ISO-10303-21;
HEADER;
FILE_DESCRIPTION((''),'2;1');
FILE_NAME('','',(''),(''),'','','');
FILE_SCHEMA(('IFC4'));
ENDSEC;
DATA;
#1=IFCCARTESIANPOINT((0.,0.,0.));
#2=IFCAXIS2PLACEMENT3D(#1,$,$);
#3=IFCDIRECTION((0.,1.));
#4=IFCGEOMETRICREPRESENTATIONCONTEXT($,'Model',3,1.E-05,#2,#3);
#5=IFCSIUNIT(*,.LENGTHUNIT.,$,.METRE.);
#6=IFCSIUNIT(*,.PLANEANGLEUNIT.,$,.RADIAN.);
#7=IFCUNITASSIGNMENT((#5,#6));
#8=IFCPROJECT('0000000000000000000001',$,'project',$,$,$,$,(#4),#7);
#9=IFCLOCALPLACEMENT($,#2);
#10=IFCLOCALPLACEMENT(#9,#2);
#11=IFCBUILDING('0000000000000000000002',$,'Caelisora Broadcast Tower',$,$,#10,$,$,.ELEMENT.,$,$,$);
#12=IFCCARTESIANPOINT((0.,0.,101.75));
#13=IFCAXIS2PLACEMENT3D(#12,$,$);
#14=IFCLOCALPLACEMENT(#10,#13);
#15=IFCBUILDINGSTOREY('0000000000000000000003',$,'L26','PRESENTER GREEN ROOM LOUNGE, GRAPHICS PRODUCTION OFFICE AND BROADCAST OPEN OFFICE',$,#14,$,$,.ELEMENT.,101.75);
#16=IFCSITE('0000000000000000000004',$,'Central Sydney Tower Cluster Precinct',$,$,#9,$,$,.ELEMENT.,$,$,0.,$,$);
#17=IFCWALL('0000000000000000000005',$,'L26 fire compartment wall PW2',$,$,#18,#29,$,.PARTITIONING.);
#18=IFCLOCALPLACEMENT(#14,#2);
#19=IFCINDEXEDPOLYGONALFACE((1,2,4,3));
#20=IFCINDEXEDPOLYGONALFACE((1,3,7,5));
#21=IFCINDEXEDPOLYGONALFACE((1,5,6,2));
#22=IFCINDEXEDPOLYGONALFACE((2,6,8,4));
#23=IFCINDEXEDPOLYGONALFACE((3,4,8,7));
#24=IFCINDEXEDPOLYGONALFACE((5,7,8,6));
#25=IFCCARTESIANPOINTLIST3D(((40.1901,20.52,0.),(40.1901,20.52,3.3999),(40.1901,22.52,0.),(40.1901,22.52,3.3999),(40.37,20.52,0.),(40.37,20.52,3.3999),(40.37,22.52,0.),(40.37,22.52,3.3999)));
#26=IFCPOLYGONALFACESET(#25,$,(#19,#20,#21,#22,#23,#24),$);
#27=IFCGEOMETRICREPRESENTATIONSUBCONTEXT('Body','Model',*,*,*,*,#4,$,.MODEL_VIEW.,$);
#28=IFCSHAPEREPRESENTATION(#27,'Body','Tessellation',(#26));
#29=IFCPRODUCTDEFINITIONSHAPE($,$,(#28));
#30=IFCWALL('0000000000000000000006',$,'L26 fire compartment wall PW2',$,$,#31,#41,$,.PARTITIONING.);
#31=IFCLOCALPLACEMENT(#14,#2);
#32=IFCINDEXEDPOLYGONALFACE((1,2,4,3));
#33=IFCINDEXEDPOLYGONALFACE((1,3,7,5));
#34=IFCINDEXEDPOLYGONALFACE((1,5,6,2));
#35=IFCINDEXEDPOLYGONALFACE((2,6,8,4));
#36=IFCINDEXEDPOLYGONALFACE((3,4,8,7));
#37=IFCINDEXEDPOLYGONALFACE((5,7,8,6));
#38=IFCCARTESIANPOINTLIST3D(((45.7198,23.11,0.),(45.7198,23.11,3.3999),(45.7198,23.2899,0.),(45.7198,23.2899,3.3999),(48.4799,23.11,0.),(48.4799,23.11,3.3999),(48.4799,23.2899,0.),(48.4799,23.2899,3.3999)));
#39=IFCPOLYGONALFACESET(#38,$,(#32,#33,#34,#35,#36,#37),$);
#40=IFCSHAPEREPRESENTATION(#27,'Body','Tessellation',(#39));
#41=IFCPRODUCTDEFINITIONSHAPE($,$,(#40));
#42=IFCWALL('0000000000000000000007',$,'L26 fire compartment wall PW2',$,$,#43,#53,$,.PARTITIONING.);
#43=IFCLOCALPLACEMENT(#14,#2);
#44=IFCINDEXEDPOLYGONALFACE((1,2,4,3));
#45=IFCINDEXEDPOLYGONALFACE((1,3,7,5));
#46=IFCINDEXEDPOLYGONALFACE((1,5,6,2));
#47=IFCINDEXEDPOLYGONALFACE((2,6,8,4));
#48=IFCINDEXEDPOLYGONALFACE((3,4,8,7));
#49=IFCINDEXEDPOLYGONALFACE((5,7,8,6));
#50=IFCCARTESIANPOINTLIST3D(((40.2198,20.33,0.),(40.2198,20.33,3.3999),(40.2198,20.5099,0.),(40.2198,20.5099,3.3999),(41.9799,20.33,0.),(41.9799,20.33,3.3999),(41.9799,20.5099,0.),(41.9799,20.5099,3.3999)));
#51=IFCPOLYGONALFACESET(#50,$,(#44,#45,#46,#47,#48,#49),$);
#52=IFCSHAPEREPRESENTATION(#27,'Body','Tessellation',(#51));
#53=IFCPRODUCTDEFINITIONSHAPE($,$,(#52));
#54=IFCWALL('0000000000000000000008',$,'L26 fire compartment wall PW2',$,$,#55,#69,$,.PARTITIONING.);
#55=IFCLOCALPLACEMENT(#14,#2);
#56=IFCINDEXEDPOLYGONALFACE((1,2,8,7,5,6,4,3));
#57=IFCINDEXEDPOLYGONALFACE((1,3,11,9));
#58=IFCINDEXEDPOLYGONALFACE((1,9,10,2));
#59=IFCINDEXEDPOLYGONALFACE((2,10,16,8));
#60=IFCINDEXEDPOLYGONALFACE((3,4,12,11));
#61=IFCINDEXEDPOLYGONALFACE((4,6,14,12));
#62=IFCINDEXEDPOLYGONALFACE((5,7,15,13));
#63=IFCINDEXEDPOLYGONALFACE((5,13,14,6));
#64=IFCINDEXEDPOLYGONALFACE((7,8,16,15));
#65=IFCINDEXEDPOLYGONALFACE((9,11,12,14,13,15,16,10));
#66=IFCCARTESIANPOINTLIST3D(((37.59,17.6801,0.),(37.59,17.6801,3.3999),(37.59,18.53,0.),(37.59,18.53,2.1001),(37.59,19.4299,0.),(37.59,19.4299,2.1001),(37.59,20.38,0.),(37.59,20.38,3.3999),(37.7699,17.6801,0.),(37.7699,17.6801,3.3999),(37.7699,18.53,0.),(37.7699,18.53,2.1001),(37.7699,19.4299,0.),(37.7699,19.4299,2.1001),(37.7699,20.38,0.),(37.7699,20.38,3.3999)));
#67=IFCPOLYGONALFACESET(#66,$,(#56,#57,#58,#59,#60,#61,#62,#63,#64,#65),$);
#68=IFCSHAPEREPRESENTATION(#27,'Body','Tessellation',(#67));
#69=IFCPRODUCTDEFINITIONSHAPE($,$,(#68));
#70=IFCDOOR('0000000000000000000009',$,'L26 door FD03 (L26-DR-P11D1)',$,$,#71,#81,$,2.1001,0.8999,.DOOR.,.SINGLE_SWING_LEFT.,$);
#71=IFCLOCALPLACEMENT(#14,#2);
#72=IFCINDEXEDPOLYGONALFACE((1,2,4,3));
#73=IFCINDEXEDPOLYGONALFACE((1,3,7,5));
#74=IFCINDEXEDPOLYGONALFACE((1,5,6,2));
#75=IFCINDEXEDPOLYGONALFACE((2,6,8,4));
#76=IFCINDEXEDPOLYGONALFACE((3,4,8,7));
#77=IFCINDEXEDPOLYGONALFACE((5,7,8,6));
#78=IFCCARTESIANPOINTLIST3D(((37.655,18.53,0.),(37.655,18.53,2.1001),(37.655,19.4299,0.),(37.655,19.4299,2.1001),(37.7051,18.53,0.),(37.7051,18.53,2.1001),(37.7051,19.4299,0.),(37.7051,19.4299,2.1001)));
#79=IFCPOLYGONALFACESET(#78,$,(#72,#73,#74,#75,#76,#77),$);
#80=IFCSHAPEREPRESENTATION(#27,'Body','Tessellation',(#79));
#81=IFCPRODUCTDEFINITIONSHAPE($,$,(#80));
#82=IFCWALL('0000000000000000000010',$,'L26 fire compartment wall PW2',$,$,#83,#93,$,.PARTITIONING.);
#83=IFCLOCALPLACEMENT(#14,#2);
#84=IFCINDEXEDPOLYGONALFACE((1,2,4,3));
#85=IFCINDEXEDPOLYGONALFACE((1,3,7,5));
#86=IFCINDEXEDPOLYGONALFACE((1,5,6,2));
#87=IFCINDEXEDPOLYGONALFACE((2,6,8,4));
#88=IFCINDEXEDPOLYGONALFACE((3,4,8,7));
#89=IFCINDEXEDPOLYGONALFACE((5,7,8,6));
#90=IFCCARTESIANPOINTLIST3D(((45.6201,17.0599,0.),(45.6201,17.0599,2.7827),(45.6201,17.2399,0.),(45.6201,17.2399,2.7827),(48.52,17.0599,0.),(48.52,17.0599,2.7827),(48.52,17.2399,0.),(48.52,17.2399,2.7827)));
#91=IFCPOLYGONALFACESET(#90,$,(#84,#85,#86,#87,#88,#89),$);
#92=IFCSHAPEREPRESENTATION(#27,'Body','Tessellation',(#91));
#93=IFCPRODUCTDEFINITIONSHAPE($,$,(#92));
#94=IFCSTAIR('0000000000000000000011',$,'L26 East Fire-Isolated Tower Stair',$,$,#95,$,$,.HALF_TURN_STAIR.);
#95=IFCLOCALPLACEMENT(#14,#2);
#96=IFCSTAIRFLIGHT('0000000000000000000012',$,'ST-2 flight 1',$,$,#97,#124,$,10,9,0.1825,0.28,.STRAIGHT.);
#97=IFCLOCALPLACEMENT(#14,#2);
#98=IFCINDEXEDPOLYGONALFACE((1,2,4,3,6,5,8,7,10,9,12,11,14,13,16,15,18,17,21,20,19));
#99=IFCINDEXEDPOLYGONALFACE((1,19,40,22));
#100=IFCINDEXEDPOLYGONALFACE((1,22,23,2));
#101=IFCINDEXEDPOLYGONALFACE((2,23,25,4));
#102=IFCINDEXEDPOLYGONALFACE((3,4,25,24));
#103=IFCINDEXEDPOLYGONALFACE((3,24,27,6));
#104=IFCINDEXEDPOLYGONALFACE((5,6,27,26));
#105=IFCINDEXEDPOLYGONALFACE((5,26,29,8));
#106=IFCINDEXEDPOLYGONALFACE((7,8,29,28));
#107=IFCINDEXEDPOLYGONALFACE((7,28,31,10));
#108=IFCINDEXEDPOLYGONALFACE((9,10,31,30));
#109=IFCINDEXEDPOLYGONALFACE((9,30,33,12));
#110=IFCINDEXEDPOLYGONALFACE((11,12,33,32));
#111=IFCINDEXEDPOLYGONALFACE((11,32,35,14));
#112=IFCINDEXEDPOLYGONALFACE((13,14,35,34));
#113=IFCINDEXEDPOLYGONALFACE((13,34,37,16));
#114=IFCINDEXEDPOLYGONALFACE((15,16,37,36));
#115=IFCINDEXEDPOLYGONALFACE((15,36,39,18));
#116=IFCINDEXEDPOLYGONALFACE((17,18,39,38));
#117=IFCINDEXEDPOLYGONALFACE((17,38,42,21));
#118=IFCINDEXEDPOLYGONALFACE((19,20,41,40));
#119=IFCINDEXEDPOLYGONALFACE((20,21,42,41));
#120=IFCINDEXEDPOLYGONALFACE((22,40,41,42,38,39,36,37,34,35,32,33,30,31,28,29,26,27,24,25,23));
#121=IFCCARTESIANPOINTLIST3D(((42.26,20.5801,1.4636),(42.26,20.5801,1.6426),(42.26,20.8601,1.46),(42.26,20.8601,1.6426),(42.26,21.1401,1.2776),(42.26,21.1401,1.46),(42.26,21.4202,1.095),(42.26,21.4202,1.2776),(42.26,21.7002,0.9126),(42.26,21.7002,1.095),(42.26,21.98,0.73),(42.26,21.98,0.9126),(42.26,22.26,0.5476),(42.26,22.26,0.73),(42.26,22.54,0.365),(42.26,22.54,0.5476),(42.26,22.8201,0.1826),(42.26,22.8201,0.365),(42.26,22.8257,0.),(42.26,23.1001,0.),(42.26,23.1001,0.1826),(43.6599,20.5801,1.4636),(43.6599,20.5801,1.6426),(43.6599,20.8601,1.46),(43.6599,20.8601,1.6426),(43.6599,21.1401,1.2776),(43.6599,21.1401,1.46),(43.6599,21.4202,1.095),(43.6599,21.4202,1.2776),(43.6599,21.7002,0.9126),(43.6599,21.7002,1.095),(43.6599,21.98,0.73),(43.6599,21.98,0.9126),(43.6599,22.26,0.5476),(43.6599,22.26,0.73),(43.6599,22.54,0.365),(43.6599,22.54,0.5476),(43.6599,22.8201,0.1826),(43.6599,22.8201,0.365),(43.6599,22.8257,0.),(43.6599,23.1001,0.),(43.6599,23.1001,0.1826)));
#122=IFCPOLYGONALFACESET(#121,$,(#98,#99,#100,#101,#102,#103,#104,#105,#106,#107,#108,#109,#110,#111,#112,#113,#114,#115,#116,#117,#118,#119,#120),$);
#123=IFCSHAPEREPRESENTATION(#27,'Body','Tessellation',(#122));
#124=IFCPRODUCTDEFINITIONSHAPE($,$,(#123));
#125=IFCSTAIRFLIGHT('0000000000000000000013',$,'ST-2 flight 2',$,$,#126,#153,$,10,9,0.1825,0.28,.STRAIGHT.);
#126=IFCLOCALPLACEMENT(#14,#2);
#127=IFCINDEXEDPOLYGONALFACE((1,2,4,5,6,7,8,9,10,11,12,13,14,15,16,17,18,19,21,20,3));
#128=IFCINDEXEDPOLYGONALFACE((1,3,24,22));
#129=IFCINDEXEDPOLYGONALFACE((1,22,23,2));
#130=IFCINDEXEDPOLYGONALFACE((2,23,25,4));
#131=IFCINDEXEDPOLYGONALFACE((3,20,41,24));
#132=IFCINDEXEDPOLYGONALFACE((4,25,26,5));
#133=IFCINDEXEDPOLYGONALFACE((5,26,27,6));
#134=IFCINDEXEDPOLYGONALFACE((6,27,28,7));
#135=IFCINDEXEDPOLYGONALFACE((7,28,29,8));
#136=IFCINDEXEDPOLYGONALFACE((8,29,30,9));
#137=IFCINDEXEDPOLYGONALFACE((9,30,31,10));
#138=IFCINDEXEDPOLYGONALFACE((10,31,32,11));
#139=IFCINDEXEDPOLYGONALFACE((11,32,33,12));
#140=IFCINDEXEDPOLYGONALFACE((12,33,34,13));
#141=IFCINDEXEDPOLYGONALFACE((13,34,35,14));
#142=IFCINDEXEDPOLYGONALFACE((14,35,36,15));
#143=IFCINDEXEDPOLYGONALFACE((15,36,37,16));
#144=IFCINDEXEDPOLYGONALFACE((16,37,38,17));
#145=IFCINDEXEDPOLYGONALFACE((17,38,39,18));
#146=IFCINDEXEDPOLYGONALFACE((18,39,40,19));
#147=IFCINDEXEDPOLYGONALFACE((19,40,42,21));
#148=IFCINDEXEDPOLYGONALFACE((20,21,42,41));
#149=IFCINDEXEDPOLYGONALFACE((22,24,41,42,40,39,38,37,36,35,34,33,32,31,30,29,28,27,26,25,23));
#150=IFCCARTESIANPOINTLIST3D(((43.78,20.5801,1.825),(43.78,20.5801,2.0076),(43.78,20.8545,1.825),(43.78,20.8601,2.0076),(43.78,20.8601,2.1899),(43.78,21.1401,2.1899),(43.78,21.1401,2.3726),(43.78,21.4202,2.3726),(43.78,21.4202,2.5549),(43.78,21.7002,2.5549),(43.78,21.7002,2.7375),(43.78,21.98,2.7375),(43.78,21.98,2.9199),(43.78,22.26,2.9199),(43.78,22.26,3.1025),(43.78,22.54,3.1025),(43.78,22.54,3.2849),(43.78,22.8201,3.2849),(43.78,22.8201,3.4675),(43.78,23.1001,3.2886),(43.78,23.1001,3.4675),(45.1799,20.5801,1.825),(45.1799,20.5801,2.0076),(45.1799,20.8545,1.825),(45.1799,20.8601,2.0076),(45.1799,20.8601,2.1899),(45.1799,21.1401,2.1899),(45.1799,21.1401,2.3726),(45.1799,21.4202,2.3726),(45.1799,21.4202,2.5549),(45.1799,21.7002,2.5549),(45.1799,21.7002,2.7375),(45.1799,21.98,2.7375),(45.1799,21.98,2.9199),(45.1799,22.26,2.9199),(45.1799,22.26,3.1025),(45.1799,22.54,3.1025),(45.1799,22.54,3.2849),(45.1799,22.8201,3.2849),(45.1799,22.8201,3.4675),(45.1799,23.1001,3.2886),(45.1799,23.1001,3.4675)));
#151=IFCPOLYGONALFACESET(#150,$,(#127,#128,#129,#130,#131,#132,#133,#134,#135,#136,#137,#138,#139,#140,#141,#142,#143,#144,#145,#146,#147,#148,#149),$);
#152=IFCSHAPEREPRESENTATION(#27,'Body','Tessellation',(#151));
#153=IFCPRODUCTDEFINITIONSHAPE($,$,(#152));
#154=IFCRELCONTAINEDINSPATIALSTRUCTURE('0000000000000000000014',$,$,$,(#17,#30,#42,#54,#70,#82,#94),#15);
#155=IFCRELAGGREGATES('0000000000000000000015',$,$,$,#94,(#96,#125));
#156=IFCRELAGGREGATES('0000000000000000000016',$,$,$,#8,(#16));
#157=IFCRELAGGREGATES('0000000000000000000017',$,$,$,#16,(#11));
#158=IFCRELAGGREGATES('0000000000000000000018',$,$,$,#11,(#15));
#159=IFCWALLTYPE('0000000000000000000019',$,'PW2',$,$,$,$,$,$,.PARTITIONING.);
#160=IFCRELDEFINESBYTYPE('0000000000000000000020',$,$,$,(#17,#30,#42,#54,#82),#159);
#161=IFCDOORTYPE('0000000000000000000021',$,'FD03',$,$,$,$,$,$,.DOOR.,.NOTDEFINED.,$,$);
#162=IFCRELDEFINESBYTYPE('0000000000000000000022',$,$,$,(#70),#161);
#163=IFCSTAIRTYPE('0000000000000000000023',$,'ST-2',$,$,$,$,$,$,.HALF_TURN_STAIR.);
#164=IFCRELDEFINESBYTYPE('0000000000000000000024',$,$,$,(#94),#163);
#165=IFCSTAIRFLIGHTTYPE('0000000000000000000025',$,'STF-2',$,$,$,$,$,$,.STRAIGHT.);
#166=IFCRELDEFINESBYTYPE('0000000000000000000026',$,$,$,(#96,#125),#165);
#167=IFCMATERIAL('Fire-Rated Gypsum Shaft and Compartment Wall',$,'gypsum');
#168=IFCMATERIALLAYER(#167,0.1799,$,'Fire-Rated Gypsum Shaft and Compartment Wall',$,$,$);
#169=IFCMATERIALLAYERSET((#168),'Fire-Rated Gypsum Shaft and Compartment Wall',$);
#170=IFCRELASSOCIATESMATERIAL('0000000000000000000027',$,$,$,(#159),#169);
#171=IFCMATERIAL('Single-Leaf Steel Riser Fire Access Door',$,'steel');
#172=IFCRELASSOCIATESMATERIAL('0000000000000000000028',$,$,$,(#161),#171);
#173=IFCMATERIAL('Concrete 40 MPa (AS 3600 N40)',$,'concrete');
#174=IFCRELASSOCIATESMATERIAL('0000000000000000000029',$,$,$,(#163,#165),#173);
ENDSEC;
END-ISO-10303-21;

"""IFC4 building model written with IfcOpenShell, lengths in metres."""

from ifc_helpers import new_model, si_unit, direction, frame, frame_2d, origin, place, context, subcontext, project, spatial, polyline, rectangle, outline, extrude, material, layer, layer_set, type_object, element, fill, aggregate, save


model = new_model("IFC4")

# Units and contexts
model_context = context("Model", 3, precision=1e-05, world=origin(), true_north=direction((0.0, 1.0)))
body_context = subcontext(model_context, "Body", "Model", "MODEL_VIEW")
ifc_project = project(units=[si_unit("LENGTHUNIT", "METRE"), si_unit("PLANEANGLEUNIT", "RADIAN")], contexts=[model_context])

# Site, building, storey
site_placement = place(None, origin())
site = spatial("IfcSite", under=ifc_project, at=site_placement, Name="Central Sydney Tower Cluster Precinct", CompositionType="ELEMENT", RefElevation=0.0)
building_placement = place(site_placement, origin())
building = spatial("IfcBuilding", under=site, at=building_placement, Name="Caelisora Broadcast Tower", CompositionType="ELEMENT")
storey_placement = place(building_placement, frame((0.0, 0.0, 101.75)))
storey = spatial("IfcBuildingStorey", under=building, at=storey_placement, Name="L26", Description="PRESENTER GREEN ROOM LOUNGE, GRAPHICS PRODUCTION OFFICE AND BROADCAST OPEN OFFICE", CompositionType="ELEMENT", Elevation=101.75)

# Shared definitions
ifc_material_1 = material(Name="Fire-Rated Gypsum Shaft and Compartment Wall", Category="gypsum")
ifc_layer_1 = layer(ifc_material_1, 0.1799, Name="Fire-Rated Gypsum Shaft and Compartment Wall")
ifc_layer_set_1 = layer_set([ifc_layer_1], Name="Fire-Rated Gypsum Shaft and Compartment Wall")
wall_type_1 = type_object("IfcWallType", Name="PW2", PredefinedType="PARTITIONING", material=ifc_layer_set_1)

# Walls
wall_1_placement = place(storey_placement, frame((40.28, 20.52, 0.0), z_axis=(0.0, 0.0, 1.0), x_axis=(0.0, 1.0, 0.0)))
element("IfcWall", 1, at=wall_1_placement, inside=storey, type_object=wall_type_1, Name="L26 fire compartment wall PW2", PredefinedType="PARTITIONING", context=body_context, shape_type="SweptSolid", body=[
    extrude(rectangle(XDim=2.0, YDim=0.1799, at=frame_2d((1.0, 0.0))), origin(), (0.0, 0.0, 1.0), 3.3999),
])
wall_2_placement = place(storey_placement, frame((45.72, 23.2, 0.0), z_axis=(0.0, 0.0, 1.0), x_axis=(1.0, 0.0, 0.0)))
element("IfcWall", 2, at=wall_2_placement, inside=storey, type_object=wall_type_1, Name="L26 fire compartment wall PW2", PredefinedType="PARTITIONING", context=body_context, shape_type="SweptSolid", body=[
    extrude(rectangle(XDim=2.76, YDim=0.1799, at=frame_2d((1.3799, 0.0))), origin(), (0.0, 0.0, 1.0), 3.3999),
])
wall_3_placement = place(storey_placement, frame((40.22, 20.4199, 0.0), z_axis=(0.0, 0.0, 1.0), x_axis=(1.0, 0.0, 0.0)))
element("IfcWall", 3, at=wall_3_placement, inside=storey, type_object=wall_type_1, Name="L26 fire compartment wall PW2", PredefinedType="PARTITIONING", context=body_context, shape_type="SweptSolid", body=[
    extrude(rectangle(XDim=1.76, YDim=0.1799, at=frame_2d((0.8799, 0.0))), origin(), (0.0, 0.0, 1.0), 3.3999),
])

# Wall, opening, door
wall_4_placement = place(storey_placement, frame((37.6799, 17.6799, 0.0), z_axis=(0.0, 0.0, 1.0), x_axis=(0.0, 1.0, 0.0)))
wall_4 = element("IfcWall", 4, at=wall_4_placement, inside=storey, type_object=wall_type_1, Name="L26 fire compartment wall PW2", PredefinedType="PARTITIONING", context=body_context, shape_type="SweptSolid", body=[
    extrude(rectangle(XDim=2.7, YDim=0.1799, at=frame_2d((1.3501, 0.0))), origin(), (0.0, 0.0, 1.0), 3.3999),
])
opening_1_placement = place(wall_4_placement, frame((0.8501, 0.0, 0.0)))
opening_1 = element("IfcOpeningElement", 5, at=opening_1_placement, cuts=wall_4, PredefinedType="OPENING", context=body_context, shape_type="SweptSolid", body=[
    extrude(rectangle(XDim=0.8999, YDim=2.1001, at=frame_2d((0.45, 1.05))), frame((0.0, 0.1021, 0.0), z_axis=(0.0, -1.0, 0.0), x_axis=(1.0, 0.0, 0.0)), (0.0, 0.0, 1.0), 0.2039),
])
ifc_material_2 = material(Name="Single-Leaf Steel Riser Fire Access Door", Category="steel")
door_type_1 = type_object("IfcDoorType", Name="FD03", OperationType="NOTDEFINED", PredefinedType="DOOR", material=ifc_material_2)
door_1_placement = place(opening_1_placement, origin())
door_1 = element("IfcDoor", 6, at=door_1_placement, inside=storey, type_object=door_type_1, Name="L26 door FD03 (L26-DR-P11D1)", OperationType="SINGLE_SWING_LEFT", OverallHeight=2.1001, OverallWidth=0.8999, PredefinedType="DOOR", context=body_context, shape_type="SweptSolid", body=[
    extrude(rectangle(XDim=0.8999, YDim=2.1001, at=frame_2d((0.45, 1.05))), frame((0.0, 0.0249, 0.0), z_axis=(0.0, -1.0, 0.0), x_axis=(1.0, 0.0, 0.0)), (0.0, 0.0, 1.0), 0.05),
])
fill(opening_1, door_1)

# Wall
wall_5_placement = place(storey_placement, frame((45.6201, 17.1499, 0.0), z_axis=(0.0, 0.0, 1.0), x_axis=(1.0, 0.0, 0.0)))
element("IfcWall", 7, at=wall_5_placement, inside=storey, type_object=wall_type_1, Name="L26 fire compartment wall PW2", PredefinedType="PARTITIONING", context=body_context, shape_type="SweptSolid", body=[
    extrude(rectangle(XDim=2.8999, YDim=0.1799, at=frame_2d((1.45, 0.0))), origin(), (0.0, 0.0, 1.0), 2.7827),
])

# Stair, stair flights
ifc_material_3 = material(Name="Concrete 40 MPa (AS 3600 N40)", Category="concrete")
stair_type = type_object("IfcStairType", Name="ST-2", PredefinedType="HALF_TURN_STAIR", material=ifc_material_3)
stair_placement = place(storey_placement, origin())
stair = element("IfcStair", 8, at=stair_placement, inside=storey, type_object=stair_type, Name="L26 East Fire-Isolated Tower Stair", PredefinedType="HALF_TURN_STAIR")
stair_flight_type = type_object("IfcStairFlightType", Name="STF-2", PredefinedType="STRAIGHT", material=ifc_material_3)
stair_flight_1_placement = place(storey_placement, frame((42.96, 23.1001, 0.0), z_axis=(0.0, 0.0, 1.0), x_axis=(0.0, -1.0, 0.0)))
stair_flight_1 = element("IfcStairFlight", 9, at=stair_flight_1_placement, type_object=stair_flight_type, Name="ST-2 flight 1", NumberOfRisers=10, NumberOfTreads=9, PredefinedType="STRAIGHT", RiserHeight=0.1825, TreadLength=0.28, context=body_context, shape_type="SweptSolid", body=[
    extrude(outline(polyline([(0.0, 0.0), (0.0, 0.1826), (0.28, 0.1826), (0.28, 0.365), (0.5601, 0.365), (0.5601, 0.5476), (0.8401, 0.5476), (0.8401, 0.73), (1.1201, 0.73), (1.1201, 0.9126), (1.3999, 0.9126), (1.3999, 1.095), (1.6799, 1.095), (1.6799, 1.2776), (1.96, 1.2776), (1.96, 1.46), (2.24, 1.46), (2.24, 1.6426), (2.52, 1.6426), (2.52, 1.825), (2.52, 1.4636), (0.2744, 0.0), (0.0, 0.0)])), frame((0.0, 0.7, 0.0), z_axis=(0.0, -1.0, 0.0), x_axis=(1.0, 0.0, 0.0)), (0.0, 0.0, 1.0), 1.3999),
])
stair_flight_2_placement = place(storey_placement, frame((44.48, 20.5801, 1.825), z_axis=(0.0, 0.0, 1.0), x_axis=(0.0, 1.0, 0.0)))
stair_flight_2 = element("IfcStairFlight", 10, at=stair_flight_2_placement, type_object=stair_flight_type, Name="ST-2 flight 2", NumberOfRisers=10, NumberOfTreads=9, PredefinedType="STRAIGHT", RiserHeight=0.1825, TreadLength=0.28, context=body_context, shape_type="SweptSolid", body=[
    extrude(outline(polyline([(0.0, 0.0), (0.0, 0.1826), (0.28, 0.1826), (0.28, 0.365), (0.5601, 0.365), (0.5601, 0.5476), (0.8401, 0.5476), (0.8401, 0.73), (1.1201, 0.73), (1.1201, 0.9126), (1.3999, 0.9126), (1.3999, 1.095), (1.6799, 1.095), (1.6799, 1.2776), (1.96, 1.2776), (1.96, 1.46), (2.24, 1.46), (2.24, 1.6426), (2.52, 1.6426), (2.52, 1.825), (2.52, 1.4636), (0.2744, 0.0), (0.0, 0.0)])), frame((0.0, 0.7, 0.0), z_axis=(0.0, -1.0, 0.0), x_axis=(1.0, 0.0, 0.0)), (0.0, 0.0, 1.0), 1.3999),
])
aggregate(stair, [stair_flight_1, stair_flight_2])

save(model, "model.ifc")
